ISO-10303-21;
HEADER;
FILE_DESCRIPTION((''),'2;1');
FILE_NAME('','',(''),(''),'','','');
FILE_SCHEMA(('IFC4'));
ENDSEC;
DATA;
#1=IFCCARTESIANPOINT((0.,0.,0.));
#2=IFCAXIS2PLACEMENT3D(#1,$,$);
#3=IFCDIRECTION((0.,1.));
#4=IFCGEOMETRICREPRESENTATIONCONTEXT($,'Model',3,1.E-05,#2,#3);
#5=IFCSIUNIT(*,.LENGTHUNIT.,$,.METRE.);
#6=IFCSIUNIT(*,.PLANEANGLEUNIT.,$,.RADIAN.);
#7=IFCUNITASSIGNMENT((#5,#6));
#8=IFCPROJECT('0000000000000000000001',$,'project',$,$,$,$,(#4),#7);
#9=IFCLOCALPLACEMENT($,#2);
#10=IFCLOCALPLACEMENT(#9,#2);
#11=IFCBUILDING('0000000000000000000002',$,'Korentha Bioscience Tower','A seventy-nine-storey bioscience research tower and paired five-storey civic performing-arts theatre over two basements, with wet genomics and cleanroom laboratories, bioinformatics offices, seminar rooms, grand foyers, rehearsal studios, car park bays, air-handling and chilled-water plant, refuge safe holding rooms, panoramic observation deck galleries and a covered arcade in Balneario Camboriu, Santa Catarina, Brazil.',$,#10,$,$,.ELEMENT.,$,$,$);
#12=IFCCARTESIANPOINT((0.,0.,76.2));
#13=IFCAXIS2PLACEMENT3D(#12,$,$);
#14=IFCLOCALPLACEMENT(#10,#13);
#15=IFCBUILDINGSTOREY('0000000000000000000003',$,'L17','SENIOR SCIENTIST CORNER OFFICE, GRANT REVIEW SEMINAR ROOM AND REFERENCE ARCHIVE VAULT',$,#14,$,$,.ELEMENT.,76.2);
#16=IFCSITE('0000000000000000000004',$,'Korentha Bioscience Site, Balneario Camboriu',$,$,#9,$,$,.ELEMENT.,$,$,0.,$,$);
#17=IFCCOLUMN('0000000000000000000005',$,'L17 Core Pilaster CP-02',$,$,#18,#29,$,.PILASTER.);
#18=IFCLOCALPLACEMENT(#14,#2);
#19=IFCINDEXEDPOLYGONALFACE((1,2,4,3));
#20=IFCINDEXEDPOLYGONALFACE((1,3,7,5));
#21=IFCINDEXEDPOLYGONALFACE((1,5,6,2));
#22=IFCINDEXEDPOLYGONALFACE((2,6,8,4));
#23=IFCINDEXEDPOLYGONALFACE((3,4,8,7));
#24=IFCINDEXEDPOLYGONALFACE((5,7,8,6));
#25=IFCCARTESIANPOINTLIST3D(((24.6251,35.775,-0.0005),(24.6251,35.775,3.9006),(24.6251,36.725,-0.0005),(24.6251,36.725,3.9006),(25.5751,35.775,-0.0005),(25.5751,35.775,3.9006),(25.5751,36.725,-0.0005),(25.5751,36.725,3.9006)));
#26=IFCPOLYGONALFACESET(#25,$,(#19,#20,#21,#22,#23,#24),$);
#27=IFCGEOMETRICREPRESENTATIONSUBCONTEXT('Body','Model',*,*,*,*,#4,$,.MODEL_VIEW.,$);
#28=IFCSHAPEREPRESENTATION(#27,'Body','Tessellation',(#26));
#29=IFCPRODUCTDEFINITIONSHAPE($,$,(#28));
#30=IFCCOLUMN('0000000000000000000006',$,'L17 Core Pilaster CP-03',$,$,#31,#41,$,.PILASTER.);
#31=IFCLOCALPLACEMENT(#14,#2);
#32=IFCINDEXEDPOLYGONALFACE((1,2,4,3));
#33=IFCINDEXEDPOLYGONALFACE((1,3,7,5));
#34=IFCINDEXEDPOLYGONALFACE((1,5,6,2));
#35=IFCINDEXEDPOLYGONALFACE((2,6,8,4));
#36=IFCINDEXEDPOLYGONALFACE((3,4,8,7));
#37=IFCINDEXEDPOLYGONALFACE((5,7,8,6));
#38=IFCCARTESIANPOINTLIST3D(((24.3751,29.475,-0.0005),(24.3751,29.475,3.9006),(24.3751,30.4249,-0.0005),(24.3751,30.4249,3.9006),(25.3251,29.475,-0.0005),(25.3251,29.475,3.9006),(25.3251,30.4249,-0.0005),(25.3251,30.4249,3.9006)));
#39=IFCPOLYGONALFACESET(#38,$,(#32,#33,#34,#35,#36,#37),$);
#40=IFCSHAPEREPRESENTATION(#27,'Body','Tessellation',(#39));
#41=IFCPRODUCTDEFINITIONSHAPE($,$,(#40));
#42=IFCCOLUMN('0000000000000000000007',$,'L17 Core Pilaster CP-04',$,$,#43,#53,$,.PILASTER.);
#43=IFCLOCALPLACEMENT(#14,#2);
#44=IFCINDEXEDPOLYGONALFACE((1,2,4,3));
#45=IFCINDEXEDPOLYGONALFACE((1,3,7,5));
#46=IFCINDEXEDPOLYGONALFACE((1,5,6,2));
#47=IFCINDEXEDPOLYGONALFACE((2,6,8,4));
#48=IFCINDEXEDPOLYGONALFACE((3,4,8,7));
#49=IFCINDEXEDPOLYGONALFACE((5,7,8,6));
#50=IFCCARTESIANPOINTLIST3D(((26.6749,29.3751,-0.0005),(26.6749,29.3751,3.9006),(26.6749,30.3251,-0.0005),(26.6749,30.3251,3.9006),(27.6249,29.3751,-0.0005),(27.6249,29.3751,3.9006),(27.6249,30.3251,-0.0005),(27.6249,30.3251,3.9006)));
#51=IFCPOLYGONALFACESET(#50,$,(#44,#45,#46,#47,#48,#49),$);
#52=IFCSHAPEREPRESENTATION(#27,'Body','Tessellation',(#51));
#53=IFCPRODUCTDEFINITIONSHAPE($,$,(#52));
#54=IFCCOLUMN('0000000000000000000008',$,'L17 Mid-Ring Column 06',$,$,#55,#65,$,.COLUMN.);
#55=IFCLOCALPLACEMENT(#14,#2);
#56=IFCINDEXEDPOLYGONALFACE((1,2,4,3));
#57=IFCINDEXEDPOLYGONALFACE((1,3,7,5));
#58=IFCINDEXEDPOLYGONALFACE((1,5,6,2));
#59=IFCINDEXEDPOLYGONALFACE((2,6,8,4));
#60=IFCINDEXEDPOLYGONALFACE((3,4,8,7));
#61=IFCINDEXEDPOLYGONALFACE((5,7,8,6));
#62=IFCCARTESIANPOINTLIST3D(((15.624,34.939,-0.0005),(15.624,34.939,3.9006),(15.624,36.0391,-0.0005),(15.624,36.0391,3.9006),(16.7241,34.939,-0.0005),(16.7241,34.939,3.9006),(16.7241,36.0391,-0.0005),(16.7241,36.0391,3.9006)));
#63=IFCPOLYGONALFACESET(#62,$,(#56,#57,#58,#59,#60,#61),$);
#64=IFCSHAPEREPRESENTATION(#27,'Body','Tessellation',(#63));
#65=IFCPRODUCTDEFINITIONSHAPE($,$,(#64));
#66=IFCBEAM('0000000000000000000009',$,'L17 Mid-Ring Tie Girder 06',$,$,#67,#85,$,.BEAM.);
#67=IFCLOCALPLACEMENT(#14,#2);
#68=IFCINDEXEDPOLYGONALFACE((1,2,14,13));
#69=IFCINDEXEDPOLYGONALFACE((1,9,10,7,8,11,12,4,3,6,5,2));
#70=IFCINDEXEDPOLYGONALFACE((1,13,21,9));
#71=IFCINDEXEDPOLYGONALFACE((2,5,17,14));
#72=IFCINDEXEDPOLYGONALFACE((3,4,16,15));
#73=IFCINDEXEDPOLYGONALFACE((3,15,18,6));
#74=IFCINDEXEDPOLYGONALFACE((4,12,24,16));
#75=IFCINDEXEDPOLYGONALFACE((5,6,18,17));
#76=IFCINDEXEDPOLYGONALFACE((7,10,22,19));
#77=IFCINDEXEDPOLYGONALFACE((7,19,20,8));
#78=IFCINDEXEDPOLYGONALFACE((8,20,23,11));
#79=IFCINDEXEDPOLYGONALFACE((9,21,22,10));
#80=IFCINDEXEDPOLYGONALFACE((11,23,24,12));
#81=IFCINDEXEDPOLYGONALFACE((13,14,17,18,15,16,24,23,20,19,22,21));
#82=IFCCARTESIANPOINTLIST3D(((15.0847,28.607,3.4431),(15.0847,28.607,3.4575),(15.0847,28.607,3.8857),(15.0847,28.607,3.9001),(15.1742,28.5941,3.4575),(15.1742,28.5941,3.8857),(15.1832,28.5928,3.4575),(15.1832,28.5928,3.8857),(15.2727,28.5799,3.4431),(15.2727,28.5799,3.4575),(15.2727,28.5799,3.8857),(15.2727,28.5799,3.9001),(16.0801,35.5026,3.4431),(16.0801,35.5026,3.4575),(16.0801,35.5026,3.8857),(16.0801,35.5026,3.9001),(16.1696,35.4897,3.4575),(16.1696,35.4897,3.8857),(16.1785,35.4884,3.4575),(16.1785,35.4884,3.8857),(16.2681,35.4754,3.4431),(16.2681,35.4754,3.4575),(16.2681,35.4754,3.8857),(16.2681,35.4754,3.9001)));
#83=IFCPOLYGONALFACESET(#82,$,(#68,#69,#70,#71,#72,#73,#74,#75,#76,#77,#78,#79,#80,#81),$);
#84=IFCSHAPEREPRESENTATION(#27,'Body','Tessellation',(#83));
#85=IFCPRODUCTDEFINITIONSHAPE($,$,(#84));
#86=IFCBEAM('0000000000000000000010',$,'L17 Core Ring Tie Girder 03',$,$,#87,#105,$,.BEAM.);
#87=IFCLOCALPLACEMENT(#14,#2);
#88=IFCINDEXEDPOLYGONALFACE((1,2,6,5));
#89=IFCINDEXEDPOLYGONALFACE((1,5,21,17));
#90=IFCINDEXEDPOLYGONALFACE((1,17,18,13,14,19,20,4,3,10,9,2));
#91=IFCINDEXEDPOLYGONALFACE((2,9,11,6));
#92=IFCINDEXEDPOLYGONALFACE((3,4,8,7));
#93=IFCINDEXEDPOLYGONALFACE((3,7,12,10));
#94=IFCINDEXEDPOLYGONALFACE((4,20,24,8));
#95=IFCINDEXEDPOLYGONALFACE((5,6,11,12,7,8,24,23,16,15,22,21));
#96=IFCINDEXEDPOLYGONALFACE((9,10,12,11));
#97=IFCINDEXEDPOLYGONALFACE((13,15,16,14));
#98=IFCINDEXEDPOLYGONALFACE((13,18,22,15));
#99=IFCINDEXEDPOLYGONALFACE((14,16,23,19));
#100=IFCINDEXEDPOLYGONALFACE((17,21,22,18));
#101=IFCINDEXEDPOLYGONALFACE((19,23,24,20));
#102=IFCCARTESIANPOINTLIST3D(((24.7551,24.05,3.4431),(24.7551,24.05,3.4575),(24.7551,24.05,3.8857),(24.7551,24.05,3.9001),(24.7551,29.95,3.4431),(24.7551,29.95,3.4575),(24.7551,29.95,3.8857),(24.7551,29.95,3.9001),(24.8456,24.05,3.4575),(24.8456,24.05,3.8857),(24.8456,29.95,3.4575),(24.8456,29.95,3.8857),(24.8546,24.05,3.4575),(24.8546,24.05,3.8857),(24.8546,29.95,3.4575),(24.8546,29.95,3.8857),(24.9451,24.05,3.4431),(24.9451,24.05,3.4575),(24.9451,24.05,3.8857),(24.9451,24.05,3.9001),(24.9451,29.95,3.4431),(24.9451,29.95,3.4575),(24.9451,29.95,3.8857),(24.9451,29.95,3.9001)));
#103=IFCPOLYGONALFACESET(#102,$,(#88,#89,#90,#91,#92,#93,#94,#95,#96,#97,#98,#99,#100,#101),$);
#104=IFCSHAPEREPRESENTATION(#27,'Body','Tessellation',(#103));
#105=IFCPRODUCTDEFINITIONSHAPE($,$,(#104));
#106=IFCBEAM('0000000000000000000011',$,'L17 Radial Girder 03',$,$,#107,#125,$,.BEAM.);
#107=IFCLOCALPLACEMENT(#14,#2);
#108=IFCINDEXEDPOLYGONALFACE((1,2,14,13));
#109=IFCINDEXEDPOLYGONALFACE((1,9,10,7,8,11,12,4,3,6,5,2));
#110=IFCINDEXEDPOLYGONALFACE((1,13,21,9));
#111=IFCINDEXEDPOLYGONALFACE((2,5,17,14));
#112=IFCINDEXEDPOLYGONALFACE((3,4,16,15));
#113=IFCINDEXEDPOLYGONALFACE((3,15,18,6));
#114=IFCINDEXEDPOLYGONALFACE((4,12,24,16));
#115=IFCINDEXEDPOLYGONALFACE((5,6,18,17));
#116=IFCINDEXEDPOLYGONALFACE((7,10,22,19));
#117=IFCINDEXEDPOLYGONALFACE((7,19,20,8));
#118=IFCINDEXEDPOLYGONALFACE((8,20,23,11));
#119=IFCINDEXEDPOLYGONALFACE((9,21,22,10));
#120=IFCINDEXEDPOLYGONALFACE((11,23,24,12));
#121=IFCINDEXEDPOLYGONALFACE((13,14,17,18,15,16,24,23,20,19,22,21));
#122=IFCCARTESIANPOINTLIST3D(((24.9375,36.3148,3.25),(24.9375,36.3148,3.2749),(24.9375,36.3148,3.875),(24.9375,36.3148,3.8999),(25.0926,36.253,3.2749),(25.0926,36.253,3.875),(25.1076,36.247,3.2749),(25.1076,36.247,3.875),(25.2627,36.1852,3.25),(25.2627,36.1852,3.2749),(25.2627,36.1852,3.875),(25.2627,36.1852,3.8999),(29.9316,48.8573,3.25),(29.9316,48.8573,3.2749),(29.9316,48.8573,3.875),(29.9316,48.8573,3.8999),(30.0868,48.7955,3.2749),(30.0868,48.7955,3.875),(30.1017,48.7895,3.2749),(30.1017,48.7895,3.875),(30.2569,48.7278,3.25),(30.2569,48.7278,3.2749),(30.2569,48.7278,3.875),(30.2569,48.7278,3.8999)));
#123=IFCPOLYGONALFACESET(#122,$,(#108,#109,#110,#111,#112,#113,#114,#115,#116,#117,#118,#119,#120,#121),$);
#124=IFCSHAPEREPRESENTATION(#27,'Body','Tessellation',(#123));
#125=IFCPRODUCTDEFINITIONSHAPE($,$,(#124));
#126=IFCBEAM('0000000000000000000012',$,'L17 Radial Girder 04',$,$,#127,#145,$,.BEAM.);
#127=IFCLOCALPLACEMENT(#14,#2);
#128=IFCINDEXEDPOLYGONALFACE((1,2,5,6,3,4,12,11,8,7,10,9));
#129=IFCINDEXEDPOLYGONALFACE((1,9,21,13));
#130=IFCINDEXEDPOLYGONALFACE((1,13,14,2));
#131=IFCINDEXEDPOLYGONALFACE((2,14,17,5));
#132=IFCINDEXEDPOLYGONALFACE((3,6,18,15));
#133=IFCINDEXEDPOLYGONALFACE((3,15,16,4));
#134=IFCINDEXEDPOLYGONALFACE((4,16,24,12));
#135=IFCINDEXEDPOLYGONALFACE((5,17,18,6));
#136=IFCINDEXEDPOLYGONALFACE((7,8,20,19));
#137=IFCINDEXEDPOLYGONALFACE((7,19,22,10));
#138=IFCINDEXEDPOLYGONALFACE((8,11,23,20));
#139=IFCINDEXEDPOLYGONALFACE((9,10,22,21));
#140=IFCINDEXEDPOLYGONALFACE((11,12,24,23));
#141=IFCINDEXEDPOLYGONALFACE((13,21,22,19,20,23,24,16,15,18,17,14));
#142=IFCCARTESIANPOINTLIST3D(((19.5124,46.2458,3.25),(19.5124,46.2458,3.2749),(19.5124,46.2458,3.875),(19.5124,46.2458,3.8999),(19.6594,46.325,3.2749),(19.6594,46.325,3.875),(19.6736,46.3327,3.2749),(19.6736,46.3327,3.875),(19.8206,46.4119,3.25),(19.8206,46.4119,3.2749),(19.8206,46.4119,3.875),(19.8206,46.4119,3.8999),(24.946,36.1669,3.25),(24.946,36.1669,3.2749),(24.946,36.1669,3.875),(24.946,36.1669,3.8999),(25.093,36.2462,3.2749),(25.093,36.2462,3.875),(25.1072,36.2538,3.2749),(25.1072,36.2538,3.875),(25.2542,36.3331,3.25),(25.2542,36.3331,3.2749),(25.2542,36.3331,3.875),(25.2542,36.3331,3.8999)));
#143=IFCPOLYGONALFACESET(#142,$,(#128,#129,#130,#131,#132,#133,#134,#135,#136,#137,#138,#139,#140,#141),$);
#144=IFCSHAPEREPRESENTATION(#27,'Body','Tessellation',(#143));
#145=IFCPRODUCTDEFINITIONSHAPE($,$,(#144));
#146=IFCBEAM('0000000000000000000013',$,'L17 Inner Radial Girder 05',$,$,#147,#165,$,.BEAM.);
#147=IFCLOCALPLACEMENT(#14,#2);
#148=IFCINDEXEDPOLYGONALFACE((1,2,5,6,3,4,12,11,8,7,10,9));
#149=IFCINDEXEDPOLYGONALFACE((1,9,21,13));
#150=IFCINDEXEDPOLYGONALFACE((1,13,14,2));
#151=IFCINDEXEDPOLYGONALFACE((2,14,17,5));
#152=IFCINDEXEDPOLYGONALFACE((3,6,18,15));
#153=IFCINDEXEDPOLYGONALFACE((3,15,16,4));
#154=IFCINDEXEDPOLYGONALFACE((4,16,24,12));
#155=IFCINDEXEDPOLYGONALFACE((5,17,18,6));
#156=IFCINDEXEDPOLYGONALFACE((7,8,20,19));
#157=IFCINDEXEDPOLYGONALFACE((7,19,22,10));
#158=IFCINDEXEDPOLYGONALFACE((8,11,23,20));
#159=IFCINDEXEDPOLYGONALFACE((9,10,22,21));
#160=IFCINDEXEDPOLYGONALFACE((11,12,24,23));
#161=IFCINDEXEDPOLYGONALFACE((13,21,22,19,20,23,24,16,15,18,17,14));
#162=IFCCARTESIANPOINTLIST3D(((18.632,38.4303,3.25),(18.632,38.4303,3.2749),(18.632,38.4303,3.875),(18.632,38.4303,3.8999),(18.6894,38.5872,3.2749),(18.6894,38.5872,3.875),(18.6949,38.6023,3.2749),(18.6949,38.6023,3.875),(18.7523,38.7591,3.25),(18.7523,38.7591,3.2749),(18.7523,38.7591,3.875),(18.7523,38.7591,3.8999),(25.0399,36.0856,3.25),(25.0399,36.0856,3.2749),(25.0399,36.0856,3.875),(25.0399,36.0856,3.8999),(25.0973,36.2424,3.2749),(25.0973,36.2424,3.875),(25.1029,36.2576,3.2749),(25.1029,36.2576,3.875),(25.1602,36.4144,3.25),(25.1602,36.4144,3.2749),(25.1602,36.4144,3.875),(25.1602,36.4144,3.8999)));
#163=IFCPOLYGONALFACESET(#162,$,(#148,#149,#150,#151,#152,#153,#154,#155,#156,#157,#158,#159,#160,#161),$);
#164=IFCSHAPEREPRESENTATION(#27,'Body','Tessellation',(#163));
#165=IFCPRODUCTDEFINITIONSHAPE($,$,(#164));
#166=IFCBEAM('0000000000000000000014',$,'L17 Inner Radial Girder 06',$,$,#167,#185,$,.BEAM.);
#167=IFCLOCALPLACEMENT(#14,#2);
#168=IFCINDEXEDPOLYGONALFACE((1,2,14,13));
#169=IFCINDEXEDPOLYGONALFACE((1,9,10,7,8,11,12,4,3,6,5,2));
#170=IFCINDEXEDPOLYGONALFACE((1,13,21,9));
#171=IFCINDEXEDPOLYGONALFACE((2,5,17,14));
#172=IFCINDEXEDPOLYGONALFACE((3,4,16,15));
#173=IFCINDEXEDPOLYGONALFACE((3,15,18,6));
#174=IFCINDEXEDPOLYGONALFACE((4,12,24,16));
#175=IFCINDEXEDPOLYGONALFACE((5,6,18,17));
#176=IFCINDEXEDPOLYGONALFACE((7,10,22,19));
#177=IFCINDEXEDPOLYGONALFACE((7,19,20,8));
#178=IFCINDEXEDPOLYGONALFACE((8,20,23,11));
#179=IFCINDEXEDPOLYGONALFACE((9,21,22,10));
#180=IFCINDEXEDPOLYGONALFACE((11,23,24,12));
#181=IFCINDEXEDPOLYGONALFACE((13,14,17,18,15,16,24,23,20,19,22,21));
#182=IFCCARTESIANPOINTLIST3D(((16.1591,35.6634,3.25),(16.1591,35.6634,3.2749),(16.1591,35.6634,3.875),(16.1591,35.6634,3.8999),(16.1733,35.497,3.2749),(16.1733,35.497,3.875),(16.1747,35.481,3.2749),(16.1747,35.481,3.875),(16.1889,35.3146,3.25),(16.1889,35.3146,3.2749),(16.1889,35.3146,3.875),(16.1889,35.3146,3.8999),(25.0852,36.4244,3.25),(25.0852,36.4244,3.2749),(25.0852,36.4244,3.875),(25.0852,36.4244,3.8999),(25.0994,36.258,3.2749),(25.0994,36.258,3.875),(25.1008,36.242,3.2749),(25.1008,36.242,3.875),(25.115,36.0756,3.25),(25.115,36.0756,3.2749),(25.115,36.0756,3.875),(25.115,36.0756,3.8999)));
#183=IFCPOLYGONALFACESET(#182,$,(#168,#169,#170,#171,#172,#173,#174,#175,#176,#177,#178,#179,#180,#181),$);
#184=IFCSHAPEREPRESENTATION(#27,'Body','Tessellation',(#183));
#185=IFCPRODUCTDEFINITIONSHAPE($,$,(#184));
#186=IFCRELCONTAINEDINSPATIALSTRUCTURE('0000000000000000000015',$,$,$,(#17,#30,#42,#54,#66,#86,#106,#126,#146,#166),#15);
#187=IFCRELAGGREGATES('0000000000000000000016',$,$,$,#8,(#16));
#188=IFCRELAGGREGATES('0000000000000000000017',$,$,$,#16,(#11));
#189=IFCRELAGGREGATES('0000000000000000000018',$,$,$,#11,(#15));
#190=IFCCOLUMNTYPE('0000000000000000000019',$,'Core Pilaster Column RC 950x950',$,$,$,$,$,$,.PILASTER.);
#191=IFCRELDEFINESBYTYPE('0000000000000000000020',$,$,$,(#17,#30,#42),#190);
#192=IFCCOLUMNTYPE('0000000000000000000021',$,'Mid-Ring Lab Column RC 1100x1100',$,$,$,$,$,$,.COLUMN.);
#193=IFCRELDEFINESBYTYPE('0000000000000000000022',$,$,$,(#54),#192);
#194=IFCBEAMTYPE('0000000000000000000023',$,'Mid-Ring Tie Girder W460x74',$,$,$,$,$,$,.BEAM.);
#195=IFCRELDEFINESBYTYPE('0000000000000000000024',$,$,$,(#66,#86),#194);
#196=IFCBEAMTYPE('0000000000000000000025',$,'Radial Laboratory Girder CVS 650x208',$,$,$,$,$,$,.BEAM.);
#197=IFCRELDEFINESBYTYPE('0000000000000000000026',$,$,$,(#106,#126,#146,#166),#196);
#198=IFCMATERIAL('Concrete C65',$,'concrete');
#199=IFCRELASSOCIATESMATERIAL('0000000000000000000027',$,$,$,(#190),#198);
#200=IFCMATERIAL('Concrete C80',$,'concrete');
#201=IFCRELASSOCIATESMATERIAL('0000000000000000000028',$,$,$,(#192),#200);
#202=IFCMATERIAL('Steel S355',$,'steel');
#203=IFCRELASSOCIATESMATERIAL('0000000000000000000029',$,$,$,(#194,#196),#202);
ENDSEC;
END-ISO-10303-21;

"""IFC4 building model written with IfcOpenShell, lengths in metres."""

from ifc_helpers import new_model, si_unit, direction, frame, origin, origin_2d, place, context, subcontext, project, spatial, rectangle, i_section, extrude, material, material_profile, profile_set, type_object, element, save


model = new_model("IFC4")

# Units and contexts
model_context = context("Model", 3, precision=1e-05, world=origin(), true_north=direction((0.0, 1.0)))
body_context = subcontext(model_context, "Body", "Model", "MODEL_VIEW")
ifc_project = project(units=[si_unit("LENGTHUNIT", "METRE"), si_unit("PLANEANGLEUNIT", "RADIAN")], contexts=[model_context])

# Site, building, storey
site_placement = place(None, origin())
site = spatial("IfcSite", under=ifc_project, at=site_placement, Name="Korentha Bioscience Site, Balneario Camboriu", CompositionType="ELEMENT", RefElevation=0.0)
building_placement = place(site_placement, origin())
building = spatial("IfcBuilding", under=site, at=building_placement, Name="Korentha Bioscience Tower", Description="A seventy-nine-storey bioscience research tower and paired five-storey civic performing-arts theatre over two basements, with wet genomics and cleanroom laboratories, bioinformatics offices, seminar rooms, grand foyers, rehearsal studios, car park bays, air-handling and chilled-water plant, refuge safe holding rooms, panoramic observation deck galleries and a covered arcade in Balneario Camboriu, Santa Catarina, Brazil.", CompositionType="ELEMENT")
storey_placement = place(building_placement, frame((0.0, 0.0, 76.2)))
storey = spatial("IfcBuildingStorey", under=building, at=storey_placement, Name="L17", Description="SENIOR SCIENTIST CORNER OFFICE, GRANT REVIEW SEMINAR ROOM AND REFERENCE ARCHIVE VAULT", CompositionType="ELEMENT", Elevation=76.2)

# Columns
ifc_material_1 = material(Name="Concrete C65", Category="concrete")
ifc_material_profile_1 = material_profile(ifc_material_1, rectangle(XDim=0.95, YDim=0.95, at=origin_2d()), Name="Concrete C65")
ifc_profile_set_1 = profile_set([ifc_material_profile_1], Name="Concrete C65 (COL-CP09)")
column_type_1 = type_object("IfcColumnType", Name="Core Pilaster Column RC 950x950", PredefinedType="PILASTER", material=ifc_profile_set_1)
for number, where, z_axis, x_axis, name in (
    (1, (25.1001, 36.25, -0.0005), (0.0, 0.0, 1.0), (1.0, 0.0, 0.0), "L17 Core Pilaster CP-02"),
    (2, (24.8501, 29.95, -0.0005), (0.0, 0.0, 1.0), (1.0, 0.0, 0.0), "L17 Core Pilaster CP-03"),
    (3, (27.1499, 29.8501, -0.0005), (0.0, 0.0, 1.0), (1.0, 0.0, 0.0), "L17 Core Pilaster CP-04"),
):
    element("IfcColumn", number, at=place(storey_placement, frame(where, z_axis=z_axis, x_axis=x_axis)), inside=storey, type_object=column_type_1, Name=name, PredefinedType="PILASTER", context=body_context, shape_type="SweptSolid", body=[
        extrude(rectangle(XDim=0.95, YDim=0.95, at=origin_2d()), origin(), (0.0, 0.0, 1.0), 3.9011),
    ])
ifc_material_2 = material(Name="Concrete C80", Category="concrete")
ifc_material_profile_2 = material_profile(ifc_material_2, rectangle(XDim=1.1001, YDim=1.1001, at=origin_2d()), Name="Concrete C80")
ifc_profile_set_2 = profile_set([ifc_material_profile_2], Name="Concrete C80 (COL-MR11)")
column_type_2 = type_object("IfcColumnType", Name="Mid-Ring Lab Column RC 1100x1100", PredefinedType="COLUMN", material=ifc_profile_set_2)
column_placement = place(storey_placement, frame((16.1741, 35.489, -0.0005), z_axis=(0.0, 0.0, 1.0), x_axis=(1.0, 0.0, 0.0)))
element("IfcColumn", 4, at=column_placement, inside=storey, type_object=column_type_2, Name="L17 Mid-Ring Column 06", PredefinedType="COLUMN", context=body_context, shape_type="SweptSolid", body=[
    extrude(rectangle(XDim=1.1001, YDim=1.1001, at=origin_2d()), origin(), (0.0, 0.0, 1.0), 3.9011),
])

# Beams
ifc_material_3 = material(Name="Steel S355", Category="steel")
ifc_material_profile_3 = material_profile(ifc_material_3, i_section(OverallWidth=0.1899, OverallDepth=0.457, WebThickness=0.009, FlangeThickness=0.0144, at=origin_2d()), Name="Steel S355")
ifc_profile_set_3 = profile_set([ifc_material_profile_3], Name="Steel S355 (MB-460)")
beam_type_1 = type_object("IfcBeamType", Name="Mid-Ring Tie Girder W460x74", PredefinedType="BEAM", material=ifc_profile_set_3)
beam_1_placement = place(storey_placement, frame((16.1741, 35.489, 3.6716), z_axis=(-0.142868, -0.989742, 0.0), x_axis=(0.989742, -0.142868, 0.0)))
element("IfcBeam", 5, at=beam_1_placement, inside=storey, type_object=beam_type_1, Name="L17 Mid-Ring Tie Girder 06", PredefinedType="BEAM", context=body_context, shape_type="SweptSolid", body=[
    extrude(i_section(OverallWidth=0.1899, OverallDepth=0.457, WebThickness=0.009, FlangeThickness=0.0144, at=origin_2d()), origin(), (0.0, 0.0, 1.0), 6.967),
])
beam_2_placement = place(storey_placement, frame((24.8501, 29.95, 3.6716), z_axis=(0.0, -1.0, 0.0), x_axis=(1.0, 0.0, 0.0)))
element("IfcBeam", 6, at=beam_2_placement, inside=storey, type_object=beam_type_1, Name="L17 Core Ring Tie Girder 03", PredefinedType="BEAM", context=body_context, shape_type="SweptSolid", body=[
    extrude(i_section(OverallWidth=0.1899, OverallDepth=0.457, WebThickness=0.009, FlangeThickness=0.0144, at=origin_2d()), origin(), (0.0, 0.0, 1.0), 5.8999),
])
ifc_material_profile_4 = material_profile(ifc_material_3, i_section(OverallWidth=0.3501, OverallDepth=0.6499, WebThickness=0.0161, FlangeThickness=0.0249, at=origin_2d()), Name="Steel S355")
ifc_profile_set_4 = profile_set([ifc_material_profile_4], Name="Steel S355 (RB-650)")
beam_type_2 = type_object("IfcBeamType", Name="Radial Laboratory Girder CVS 650x208", PredefinedType="BEAM", material=ifc_profile_set_4)
beam_3_placement = place(storey_placement, frame((25.1001, 36.25, 3.575), z_axis=(0.369931, 0.929059, 0.0), x_axis=(-0.929059, 0.369931, 0.0)))
element("IfcBeam", 7, at=beam_3_placement, inside=storey, type_object=beam_type_2, Name="L17 Radial Girder 03", PredefinedType="BEAM", context=body_context, shape_type="SweptSolid", body=[
    extrude(i_section(OverallWidth=0.3501, OverallDepth=0.6499, WebThickness=0.0161, FlangeThickness=0.0249, at=origin_2d()), origin(), (0.0, 0.0, 1.0), 13.5002),
])
beam_4_placement = place(storey_placement, frame((25.1001, 36.25, 3.575), z_axis=(-0.474541, 0.880233, 0.0), x_axis=(-0.880233, -0.474541, 0.0)))
element("IfcBeam", 8, at=beam_4_placement, inside=storey, type_object=beam_type_2, Name="L17 Radial Girder 04", PredefinedType="BEAM", context=body_context, shape_type="SweptSolid", body=[
    extrude(i_section(OverallWidth=0.3501, OverallDepth=0.6499, WebThickness=0.0161, FlangeThickness=0.0249, at=origin_2d()), origin(), (0.0, 0.0, 1.0), 11.4502),
])
beam_5_placement = place(storey_placement, frame((25.1001, 36.25, 3.575), z_axis=(-0.939106, 0.343627, 0.0), x_axis=(-0.343627, -0.939106, 0.0)))
element("IfcBeam", 9, at=beam_5_placement, inside=storey, type_object=beam_type_2, Name="L17 Inner Radial Girder 05", PredefinedType="BEAM", context=body_context, shape_type="SweptSolid", body=[
    extrude(i_section(OverallWidth=0.3501, OverallDepth=0.6499, WebThickness=0.0161, FlangeThickness=0.0249, at=origin_2d()), origin(), (0.0, 0.0, 1.0), 6.8235),
])
beam_6_placement = place(storey_placement, frame((25.1001, 36.25, 3.575), z_axis=(-0.996386, -0.084947, 0.0), x_axis=(0.084947, -0.996386, 0.0)))
element("IfcBeam", 10, at=beam_6_placement, inside=storey, type_object=beam_type_2, Name="L17 Inner Radial Girder 06", PredefinedType="BEAM", context=body_context, shape_type="SweptSolid", body=[
    extrude(i_section(OverallWidth=0.3501, OverallDepth=0.6499, WebThickness=0.0161, FlangeThickness=0.0249, at=origin_2d()), origin(), (0.0, 0.0, 1.0), 8.9585),
])

save(model, "model.ifc")
